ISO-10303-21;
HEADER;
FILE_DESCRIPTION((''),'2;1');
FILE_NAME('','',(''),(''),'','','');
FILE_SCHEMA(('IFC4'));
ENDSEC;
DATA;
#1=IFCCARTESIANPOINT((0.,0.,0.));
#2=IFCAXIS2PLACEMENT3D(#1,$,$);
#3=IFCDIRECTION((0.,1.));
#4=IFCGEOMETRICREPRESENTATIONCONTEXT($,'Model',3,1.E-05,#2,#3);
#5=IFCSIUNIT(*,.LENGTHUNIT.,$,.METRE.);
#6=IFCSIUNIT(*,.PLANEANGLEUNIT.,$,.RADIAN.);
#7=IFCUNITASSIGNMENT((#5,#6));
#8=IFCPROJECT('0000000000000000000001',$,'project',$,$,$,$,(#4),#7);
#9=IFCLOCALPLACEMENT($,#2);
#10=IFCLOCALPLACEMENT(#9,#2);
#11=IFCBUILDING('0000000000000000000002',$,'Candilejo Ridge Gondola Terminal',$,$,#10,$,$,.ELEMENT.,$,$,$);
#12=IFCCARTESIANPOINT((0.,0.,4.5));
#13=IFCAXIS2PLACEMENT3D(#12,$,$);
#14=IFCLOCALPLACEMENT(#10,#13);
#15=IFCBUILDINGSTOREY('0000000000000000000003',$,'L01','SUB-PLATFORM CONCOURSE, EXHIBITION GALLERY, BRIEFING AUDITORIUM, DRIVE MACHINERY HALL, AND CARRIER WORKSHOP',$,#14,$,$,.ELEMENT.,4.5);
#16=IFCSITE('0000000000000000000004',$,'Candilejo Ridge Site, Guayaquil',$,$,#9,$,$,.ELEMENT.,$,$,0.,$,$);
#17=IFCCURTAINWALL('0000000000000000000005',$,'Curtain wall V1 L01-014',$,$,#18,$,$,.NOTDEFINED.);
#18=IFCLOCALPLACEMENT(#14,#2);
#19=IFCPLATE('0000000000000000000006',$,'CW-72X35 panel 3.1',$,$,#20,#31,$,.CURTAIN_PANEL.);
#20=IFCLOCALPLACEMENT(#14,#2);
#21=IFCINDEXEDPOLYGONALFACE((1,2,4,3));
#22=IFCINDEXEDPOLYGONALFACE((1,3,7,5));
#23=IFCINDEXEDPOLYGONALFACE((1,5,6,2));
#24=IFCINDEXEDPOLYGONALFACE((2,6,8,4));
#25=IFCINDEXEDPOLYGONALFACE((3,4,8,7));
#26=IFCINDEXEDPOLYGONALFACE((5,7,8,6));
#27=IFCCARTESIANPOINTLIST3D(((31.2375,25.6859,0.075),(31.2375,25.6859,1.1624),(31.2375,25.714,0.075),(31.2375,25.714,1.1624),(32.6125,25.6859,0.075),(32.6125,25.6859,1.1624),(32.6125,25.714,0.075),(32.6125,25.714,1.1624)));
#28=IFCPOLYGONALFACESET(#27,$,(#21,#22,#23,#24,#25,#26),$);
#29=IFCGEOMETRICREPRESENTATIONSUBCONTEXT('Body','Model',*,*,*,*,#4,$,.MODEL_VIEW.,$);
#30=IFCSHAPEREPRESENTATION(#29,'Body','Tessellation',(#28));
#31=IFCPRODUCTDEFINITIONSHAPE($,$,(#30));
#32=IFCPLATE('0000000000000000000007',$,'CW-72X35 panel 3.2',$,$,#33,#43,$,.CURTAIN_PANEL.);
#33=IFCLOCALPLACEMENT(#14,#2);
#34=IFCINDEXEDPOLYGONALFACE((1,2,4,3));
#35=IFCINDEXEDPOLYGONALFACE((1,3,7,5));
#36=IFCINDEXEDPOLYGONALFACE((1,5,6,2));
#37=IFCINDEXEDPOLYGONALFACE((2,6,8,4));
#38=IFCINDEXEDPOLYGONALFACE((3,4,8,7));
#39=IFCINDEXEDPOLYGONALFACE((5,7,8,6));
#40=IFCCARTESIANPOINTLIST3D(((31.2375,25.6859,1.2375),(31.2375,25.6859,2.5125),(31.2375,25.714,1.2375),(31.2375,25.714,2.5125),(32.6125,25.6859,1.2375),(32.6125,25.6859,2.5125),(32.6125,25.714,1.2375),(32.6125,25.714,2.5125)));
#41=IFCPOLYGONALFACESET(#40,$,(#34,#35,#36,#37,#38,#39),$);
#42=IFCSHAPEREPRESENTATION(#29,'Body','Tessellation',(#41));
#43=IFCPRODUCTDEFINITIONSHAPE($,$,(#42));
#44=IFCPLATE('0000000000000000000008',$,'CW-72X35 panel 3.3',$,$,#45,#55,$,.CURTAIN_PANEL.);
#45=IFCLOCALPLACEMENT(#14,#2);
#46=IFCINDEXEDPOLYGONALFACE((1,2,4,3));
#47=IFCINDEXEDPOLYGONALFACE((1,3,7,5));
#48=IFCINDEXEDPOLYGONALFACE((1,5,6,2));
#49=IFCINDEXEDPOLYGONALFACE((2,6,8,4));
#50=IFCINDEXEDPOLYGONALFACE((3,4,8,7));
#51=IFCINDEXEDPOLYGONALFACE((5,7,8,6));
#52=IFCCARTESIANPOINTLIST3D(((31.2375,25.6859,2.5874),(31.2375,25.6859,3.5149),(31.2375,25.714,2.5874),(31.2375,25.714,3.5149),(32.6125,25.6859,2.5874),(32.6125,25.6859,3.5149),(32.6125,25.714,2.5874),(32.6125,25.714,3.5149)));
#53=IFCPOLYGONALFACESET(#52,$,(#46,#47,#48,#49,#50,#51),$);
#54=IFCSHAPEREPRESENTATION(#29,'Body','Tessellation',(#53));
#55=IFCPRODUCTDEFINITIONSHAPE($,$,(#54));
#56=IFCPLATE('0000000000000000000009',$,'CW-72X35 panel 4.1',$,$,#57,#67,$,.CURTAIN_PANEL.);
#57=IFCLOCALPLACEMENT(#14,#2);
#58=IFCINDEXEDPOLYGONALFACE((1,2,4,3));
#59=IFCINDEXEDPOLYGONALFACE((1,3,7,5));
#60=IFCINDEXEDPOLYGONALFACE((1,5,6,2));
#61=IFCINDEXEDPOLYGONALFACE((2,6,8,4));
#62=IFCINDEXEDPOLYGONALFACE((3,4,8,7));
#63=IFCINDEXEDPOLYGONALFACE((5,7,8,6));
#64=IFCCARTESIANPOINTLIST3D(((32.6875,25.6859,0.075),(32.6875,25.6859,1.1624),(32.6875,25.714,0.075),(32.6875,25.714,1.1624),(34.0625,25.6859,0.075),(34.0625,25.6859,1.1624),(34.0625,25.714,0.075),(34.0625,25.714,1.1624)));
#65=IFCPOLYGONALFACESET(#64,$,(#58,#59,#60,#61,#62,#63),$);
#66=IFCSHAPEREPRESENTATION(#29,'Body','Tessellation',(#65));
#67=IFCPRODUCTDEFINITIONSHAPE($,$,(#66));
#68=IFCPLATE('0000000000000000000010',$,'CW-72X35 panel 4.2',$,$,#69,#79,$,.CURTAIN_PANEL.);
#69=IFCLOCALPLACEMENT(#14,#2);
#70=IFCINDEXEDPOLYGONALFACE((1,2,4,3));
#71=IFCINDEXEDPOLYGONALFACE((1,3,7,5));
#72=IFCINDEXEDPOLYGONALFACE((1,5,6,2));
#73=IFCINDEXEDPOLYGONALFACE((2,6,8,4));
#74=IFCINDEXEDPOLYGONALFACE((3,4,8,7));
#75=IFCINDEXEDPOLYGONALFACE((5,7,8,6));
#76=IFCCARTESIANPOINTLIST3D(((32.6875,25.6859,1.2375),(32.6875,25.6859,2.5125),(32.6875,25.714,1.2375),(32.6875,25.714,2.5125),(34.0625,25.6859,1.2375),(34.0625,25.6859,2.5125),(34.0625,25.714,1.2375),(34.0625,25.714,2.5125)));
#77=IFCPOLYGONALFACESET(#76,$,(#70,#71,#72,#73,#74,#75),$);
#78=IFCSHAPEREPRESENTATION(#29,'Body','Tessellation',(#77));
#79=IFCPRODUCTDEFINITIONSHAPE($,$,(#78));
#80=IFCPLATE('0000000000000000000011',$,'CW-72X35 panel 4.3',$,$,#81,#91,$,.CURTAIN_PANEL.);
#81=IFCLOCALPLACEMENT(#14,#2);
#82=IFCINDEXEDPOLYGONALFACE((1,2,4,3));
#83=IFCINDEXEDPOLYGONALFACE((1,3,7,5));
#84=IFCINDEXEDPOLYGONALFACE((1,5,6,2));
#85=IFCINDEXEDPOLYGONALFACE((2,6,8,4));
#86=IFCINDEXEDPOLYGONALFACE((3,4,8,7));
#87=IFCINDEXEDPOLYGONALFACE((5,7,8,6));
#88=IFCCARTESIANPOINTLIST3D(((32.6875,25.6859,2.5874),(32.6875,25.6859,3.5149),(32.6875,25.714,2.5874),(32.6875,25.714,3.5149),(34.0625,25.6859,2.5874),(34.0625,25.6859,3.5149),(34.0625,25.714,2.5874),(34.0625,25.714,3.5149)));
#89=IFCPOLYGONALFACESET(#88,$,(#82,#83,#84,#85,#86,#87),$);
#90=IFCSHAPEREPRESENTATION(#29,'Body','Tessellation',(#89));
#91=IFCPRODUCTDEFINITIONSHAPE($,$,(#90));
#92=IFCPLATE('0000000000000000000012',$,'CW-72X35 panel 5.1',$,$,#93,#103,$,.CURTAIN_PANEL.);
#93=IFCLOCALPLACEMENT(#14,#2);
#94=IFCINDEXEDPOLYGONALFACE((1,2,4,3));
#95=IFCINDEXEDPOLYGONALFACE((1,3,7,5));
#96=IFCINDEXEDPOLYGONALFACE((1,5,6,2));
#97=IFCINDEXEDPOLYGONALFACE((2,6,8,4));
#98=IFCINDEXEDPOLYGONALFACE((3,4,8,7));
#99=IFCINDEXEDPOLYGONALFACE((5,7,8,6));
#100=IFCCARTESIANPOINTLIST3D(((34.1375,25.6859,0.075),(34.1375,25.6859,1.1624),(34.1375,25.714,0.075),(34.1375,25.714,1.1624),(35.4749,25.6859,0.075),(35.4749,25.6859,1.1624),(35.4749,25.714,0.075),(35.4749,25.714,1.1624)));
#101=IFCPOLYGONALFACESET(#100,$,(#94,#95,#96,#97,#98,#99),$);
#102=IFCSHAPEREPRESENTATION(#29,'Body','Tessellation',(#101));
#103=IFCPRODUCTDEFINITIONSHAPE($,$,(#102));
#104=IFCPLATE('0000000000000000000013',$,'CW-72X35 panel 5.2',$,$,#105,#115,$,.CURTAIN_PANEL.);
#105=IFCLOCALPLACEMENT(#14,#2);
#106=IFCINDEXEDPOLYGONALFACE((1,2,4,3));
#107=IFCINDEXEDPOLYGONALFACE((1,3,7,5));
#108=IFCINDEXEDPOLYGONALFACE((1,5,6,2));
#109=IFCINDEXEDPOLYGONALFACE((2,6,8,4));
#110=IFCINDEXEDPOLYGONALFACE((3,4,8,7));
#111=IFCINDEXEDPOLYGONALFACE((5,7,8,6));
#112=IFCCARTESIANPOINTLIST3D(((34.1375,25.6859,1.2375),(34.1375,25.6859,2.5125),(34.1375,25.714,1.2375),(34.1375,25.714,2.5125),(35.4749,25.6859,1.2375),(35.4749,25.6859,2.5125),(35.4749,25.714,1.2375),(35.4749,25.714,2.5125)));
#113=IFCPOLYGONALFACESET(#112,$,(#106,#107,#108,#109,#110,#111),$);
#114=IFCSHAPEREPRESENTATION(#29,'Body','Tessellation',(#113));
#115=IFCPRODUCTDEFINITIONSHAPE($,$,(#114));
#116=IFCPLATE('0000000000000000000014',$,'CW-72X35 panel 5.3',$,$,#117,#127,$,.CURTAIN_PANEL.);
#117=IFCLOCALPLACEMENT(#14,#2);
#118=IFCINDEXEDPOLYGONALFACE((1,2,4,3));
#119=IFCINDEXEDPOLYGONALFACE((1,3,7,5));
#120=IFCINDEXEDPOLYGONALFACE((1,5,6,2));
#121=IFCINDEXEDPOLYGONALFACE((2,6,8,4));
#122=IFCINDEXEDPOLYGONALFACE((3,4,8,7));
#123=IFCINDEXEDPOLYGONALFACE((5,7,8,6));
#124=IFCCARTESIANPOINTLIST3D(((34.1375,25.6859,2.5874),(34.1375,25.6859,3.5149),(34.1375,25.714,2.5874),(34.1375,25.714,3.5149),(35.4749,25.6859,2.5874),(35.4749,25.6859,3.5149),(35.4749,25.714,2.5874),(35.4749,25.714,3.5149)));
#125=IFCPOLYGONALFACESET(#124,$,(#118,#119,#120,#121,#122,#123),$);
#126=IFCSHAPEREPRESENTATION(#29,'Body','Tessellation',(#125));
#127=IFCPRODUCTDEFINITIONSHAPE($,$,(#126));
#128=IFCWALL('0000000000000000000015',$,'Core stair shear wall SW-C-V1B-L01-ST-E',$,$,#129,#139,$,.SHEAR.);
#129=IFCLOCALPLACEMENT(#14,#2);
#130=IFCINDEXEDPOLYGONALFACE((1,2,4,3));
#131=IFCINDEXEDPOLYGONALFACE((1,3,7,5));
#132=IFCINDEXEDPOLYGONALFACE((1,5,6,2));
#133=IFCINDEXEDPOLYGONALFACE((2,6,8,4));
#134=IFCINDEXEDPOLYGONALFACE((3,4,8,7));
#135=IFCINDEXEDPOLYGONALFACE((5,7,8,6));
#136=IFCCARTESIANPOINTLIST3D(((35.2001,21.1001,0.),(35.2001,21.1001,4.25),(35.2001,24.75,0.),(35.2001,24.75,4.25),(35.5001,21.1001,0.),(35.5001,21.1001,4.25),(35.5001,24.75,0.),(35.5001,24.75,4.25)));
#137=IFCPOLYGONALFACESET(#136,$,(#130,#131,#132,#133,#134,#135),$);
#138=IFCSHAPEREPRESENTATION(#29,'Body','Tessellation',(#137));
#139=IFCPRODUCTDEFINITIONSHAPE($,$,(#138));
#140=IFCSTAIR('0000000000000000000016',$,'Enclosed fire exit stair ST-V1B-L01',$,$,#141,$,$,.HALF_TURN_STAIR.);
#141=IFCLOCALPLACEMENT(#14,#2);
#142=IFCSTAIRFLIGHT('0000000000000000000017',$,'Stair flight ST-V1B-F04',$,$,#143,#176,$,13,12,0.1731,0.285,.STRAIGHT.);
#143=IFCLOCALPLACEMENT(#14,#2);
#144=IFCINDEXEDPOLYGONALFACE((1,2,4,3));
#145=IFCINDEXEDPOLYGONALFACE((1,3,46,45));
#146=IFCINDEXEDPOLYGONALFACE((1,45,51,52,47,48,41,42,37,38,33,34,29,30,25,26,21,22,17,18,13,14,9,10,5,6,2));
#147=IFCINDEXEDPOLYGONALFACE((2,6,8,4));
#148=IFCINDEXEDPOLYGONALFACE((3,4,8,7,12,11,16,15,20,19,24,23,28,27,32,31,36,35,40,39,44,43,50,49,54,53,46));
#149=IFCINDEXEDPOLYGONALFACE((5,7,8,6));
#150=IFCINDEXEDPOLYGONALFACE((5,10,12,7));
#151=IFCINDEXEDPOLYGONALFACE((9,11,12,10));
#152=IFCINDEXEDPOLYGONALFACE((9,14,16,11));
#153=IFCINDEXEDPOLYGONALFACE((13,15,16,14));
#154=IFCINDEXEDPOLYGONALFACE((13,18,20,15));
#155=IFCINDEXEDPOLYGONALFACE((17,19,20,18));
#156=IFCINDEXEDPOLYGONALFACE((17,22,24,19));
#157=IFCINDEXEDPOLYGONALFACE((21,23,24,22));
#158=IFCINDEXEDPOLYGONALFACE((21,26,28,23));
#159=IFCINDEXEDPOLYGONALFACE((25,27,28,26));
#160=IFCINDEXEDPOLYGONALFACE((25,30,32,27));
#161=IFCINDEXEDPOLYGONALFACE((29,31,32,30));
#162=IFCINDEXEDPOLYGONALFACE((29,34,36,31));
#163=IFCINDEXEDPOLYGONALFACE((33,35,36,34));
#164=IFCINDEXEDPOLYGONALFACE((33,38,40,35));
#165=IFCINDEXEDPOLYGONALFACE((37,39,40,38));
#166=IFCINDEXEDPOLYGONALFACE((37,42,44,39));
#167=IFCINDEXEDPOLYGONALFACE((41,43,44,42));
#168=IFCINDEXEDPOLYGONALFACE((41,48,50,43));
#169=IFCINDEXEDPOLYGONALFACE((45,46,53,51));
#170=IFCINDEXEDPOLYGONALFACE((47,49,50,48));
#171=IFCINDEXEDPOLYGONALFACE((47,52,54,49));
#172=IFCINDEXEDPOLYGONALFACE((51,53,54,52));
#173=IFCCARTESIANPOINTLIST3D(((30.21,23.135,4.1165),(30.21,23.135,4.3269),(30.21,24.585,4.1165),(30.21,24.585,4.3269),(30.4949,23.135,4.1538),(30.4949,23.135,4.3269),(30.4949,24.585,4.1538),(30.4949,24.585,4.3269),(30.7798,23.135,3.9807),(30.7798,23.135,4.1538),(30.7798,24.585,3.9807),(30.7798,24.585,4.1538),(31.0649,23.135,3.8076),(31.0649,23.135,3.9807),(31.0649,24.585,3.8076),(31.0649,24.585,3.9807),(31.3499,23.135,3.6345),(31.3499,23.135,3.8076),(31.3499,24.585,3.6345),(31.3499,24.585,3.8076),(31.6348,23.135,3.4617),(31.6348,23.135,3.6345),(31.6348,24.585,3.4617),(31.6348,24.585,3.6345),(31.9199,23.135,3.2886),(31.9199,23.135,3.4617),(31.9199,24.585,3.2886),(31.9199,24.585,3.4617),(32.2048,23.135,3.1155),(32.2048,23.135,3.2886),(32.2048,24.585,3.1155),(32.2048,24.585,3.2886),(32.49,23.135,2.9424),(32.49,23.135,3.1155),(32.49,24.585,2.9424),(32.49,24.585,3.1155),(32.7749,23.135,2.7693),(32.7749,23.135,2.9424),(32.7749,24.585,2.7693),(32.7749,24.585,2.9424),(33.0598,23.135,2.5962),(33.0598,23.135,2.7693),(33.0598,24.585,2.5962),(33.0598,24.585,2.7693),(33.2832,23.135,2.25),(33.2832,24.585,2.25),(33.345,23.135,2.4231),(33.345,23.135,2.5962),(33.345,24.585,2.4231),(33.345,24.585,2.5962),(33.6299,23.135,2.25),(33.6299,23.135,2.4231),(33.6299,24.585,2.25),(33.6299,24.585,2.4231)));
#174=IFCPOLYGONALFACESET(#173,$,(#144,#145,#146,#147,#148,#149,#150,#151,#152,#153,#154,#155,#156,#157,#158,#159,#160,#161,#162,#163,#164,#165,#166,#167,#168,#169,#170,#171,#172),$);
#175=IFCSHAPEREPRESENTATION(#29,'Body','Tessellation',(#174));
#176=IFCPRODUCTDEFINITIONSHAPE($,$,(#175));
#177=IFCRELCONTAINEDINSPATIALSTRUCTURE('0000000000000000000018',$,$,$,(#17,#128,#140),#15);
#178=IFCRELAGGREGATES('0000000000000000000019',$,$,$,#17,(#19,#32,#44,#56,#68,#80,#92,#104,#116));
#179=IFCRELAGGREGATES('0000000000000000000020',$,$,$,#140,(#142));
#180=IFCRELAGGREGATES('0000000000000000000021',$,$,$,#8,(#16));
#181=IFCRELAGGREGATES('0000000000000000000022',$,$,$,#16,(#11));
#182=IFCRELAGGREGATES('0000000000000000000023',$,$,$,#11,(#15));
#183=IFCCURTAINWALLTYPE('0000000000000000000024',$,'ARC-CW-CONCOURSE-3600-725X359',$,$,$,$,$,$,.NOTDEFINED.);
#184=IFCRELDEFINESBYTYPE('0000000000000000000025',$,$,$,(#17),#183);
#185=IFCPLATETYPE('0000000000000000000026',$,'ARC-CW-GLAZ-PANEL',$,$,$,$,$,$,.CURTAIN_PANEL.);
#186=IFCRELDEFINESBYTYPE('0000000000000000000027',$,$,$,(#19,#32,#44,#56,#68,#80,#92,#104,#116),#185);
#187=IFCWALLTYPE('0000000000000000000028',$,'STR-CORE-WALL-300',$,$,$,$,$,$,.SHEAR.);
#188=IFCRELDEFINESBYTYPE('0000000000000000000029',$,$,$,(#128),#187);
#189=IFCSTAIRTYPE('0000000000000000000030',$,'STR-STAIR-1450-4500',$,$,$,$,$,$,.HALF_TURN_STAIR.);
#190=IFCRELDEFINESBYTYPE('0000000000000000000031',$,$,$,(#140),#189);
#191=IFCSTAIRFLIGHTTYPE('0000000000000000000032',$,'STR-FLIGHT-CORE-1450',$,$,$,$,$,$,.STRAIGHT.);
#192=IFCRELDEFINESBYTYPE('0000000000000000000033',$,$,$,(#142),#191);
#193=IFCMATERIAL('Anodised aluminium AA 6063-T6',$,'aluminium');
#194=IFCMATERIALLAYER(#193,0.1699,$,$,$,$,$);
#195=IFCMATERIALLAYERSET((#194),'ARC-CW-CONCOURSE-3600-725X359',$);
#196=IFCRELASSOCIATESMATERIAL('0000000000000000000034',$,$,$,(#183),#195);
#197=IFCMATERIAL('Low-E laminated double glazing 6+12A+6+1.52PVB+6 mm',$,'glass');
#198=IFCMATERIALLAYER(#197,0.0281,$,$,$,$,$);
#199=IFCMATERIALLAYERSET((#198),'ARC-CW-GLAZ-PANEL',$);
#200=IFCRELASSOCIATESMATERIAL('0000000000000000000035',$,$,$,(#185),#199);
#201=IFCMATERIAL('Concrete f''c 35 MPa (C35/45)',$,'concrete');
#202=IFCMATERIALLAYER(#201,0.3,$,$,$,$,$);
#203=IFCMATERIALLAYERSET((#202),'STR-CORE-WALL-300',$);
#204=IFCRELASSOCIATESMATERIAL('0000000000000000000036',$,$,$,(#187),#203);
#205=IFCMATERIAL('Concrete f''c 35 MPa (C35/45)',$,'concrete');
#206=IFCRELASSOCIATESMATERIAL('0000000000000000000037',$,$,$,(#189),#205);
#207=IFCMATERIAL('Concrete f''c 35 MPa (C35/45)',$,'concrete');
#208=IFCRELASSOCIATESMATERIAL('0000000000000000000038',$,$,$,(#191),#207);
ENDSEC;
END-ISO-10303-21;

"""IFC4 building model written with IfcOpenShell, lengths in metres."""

from ifc_helpers import new_model, si_unit, direction, frame, frame_2d, origin, origin_2d, place, context, subcontext, project, spatial, polyline, rectangle, outline, extrude, material, layer, layer_set, type_object, element, aggregate, save


model = new_model("IFC4")

# Units and contexts
model_context = context("Model", 3, precision=1e-05, world=origin(), true_north=direction((0.0, 1.0)))
body_context = subcontext(model_context, "Body", "Model", "MODEL_VIEW")
ifc_project = project(units=[si_unit("LENGTHUNIT", "METRE"), si_unit("PLANEANGLEUNIT", "RADIAN")], contexts=[model_context])

# Site, building, storey
site_placement = place(None, origin())
site = spatial("IfcSite", under=ifc_project, at=site_placement, Name="Candilejo Ridge Site, Guayaquil", CompositionType="ELEMENT", RefElevation=0.0)
building_placement = place(site_placement, origin())
building = spatial("IfcBuilding", under=site, at=building_placement, Name="Candilejo Ridge Gondola Terminal", CompositionType="ELEMENT")
storey_placement = place(building_placement, frame((0.0, 0.0, 4.5)))
storey = spatial("IfcBuildingStorey", under=building, at=storey_placement, Name="L01", Description="SUB-PLATFORM CONCOURSE, EXHIBITION GALLERY, BRIEFING AUDITORIUM, DRIVE MACHINERY HALL, AND CARRIER WORKSHOP", CompositionType="ELEMENT", Elevation=4.5)

# Curtain wall, plates
ifc_material_1 = material(Name="Anodised aluminium AA 6063-T6", Category="aluminium")
ifc_layer_1 = layer(ifc_material_1, 0.1699)
ifc_layer_set_1 = layer_set([ifc_layer_1], Name="ARC-CW-CONCOURSE-3600-725X359")
curtain_wall_type = type_object("IfcCurtainWallType", Name="ARC-CW-CONCOURSE-3600-725X359", PredefinedType="NOTDEFINED", material=ifc_layer_set_1)
curtain_wall_placement = place(storey_placement, origin())
curtain_wall = element("IfcCurtainWall", 1, at=curtain_wall_placement, inside=storey, type_object=curtain_wall_type, Name="Curtain wall V1 L01-014", PredefinedType="NOTDEFINED")
ifc_material_2 = material(Name="Low-E laminated double glazing 6+12A+6+1.52PVB+6 mm", Category="glass")
ifc_layer_2 = layer(ifc_material_2, 0.0281)
ifc_layer_set_2 = layer_set([ifc_layer_2], Name="ARC-CW-GLAZ-PANEL")
plate_type = type_object("IfcPlateType", Name="ARC-CW-GLAZ-PANEL", PredefinedType="CURTAIN_PANEL", material=ifc_layer_set_2)
plate_1_placement = place(storey_placement, frame((31.925, 25.7, 0.075), z_axis=(0.0, 0.0, 1.0), x_axis=(1.0, 0.0, 0.0)))
plate_1 = element("IfcPlate", 2, at=plate_1_placement, type_object=plate_type, Name="CW-72X35 panel 3.1", PredefinedType="CURTAIN_PANEL", context=body_context, shape_type="SweptSolid", body=[
    extrude(rectangle(XDim=1.375, YDim=0.0281, at=origin_2d()), origin(), (0.0, 0.0, 1.0), 1.0874),
])
plate_2_placement = place(storey_placement, frame((31.925, 25.7, 1.2375), z_axis=(0.0, 0.0, 1.0), x_axis=(1.0, 0.0, 0.0)))
plate_2 = element("IfcPlate", 3, at=plate_2_placement, type_object=plate_type, Name="CW-72X35 panel 3.2", PredefinedType="CURTAIN_PANEL", context=body_context, shape_type="SweptSolid", body=[
    extrude(rectangle(XDim=1.375, YDim=0.0281, at=origin_2d()), origin(), (0.0, 0.0, 1.0), 1.2749),
])
plate_3_placement = place(storey_placement, frame((31.925, 25.7, 2.5874), z_axis=(0.0, 0.0, 1.0), x_axis=(1.0, 0.0, 0.0)))
plate_3 = element("IfcPlate", 4, at=plate_3_placement, type_object=plate_type, Name="CW-72X35 panel 3.3", PredefinedType="CURTAIN_PANEL", context=body_context, shape_type="SweptSolid", body=[
    extrude(rectangle(XDim=1.375, YDim=0.0281, at=origin_2d()), origin(), (0.0, 0.0, 1.0), 0.9275),
])
plate_4_placement = place(storey_placement, frame((33.375, 25.7, 0.075), z_axis=(0.0, 0.0, 1.0), x_axis=(1.0, 0.0, 0.0)))
plate_4 = element("IfcPlate", 5, at=plate_4_placement, type_object=plate_type, Name="CW-72X35 panel 4.1", PredefinedType="CURTAIN_PANEL", context=body_context, shape_type="SweptSolid", body=[
    extrude(rectangle(XDim=1.375, YDim=0.0281, at=origin_2d()), origin(), (0.0, 0.0, 1.0), 1.0874),
])
plate_5_placement = place(storey_placement, frame((33.375, 25.7, 1.2375), z_axis=(0.0, 0.0, 1.0), x_axis=(1.0, 0.0, 0.0)))
plate_5 = element("IfcPlate", 6, at=plate_5_placement, type_object=plate_type, Name="CW-72X35 panel 4.2", PredefinedType="CURTAIN_PANEL", context=body_context, shape_type="SweptSolid", body=[
    extrude(rectangle(XDim=1.375, YDim=0.0281, at=origin_2d()), origin(), (0.0, 0.0, 1.0), 1.2749),
])
plate_6_placement = place(storey_placement, frame((33.375, 25.7, 2.5874), z_axis=(0.0, 0.0, 1.0), x_axis=(1.0, 0.0, 0.0)))
plate_6 = element("IfcPlate", 7, at=plate_6_placement, type_object=plate_type, Name="CW-72X35 panel 4.3", PredefinedType="CURTAIN_PANEL", context=body_context, shape_type="SweptSolid", body=[
    extrude(rectangle(XDim=1.375, YDim=0.0281, at=origin_2d()), origin(), (0.0, 0.0, 1.0), 0.9275),
])
plate_7_placement = place(storey_placement, frame((34.8062, 25.7, 0.075), z_axis=(0.0, 0.0, 1.0), x_axis=(1.0, 0.0, 0.0)))
plate_7 = element("IfcPlate", 8, at=plate_7_placement, type_object=plate_type, Name="CW-72X35 panel 5.1", PredefinedType="CURTAIN_PANEL", context=body_context, shape_type="SweptSolid", body=[
    extrude(rectangle(XDim=1.3374, YDim=0.0281, at=origin_2d()), origin(), (0.0, 0.0, 1.0), 1.0874),
])
plate_8_placement = place(storey_placement, frame((34.8062, 25.7, 1.2375), z_axis=(0.0, 0.0, 1.0), x_axis=(1.0, 0.0, 0.0)))
plate_8 = element("IfcPlate", 9, at=plate_8_placement, type_object=plate_type, Name="CW-72X35 panel 5.2", PredefinedType="CURTAIN_PANEL", context=body_context, shape_type="SweptSolid", body=[
    extrude(rectangle(XDim=1.3374, YDim=0.0281, at=origin_2d()), origin(), (0.0, 0.0, 1.0), 1.2749),
])
plate_9_placement = place(storey_placement, frame((34.8062, 25.7, 2.5874), z_axis=(0.0, 0.0, 1.0), x_axis=(1.0, 0.0, 0.0)))
plate_9 = element("IfcPlate", 10, at=plate_9_placement, type_object=plate_type, Name="CW-72X35 panel 5.3", PredefinedType="CURTAIN_PANEL", context=body_context, shape_type="SweptSolid", body=[
    extrude(rectangle(XDim=1.3374, YDim=0.0281, at=origin_2d()), origin(), (0.0, 0.0, 1.0), 0.9275),
])
aggregate(curtain_wall, [plate_1, plate_2, plate_3, plate_4, plate_5, plate_6, plate_7, plate_8, plate_9])

# Wall
ifc_material_3 = material(Name="Concrete f'c 35 MPa (C35/45)", Category="concrete")
ifc_layer_3 = layer(ifc_material_3, 0.3)
ifc_layer_set_3 = layer_set([ifc_layer_3], Name="STR-CORE-WALL-300")
wall_type = type_object("IfcWallType", Name="STR-CORE-WALL-300", PredefinedType="SHEAR", material=ifc_layer_set_3)
wall_placement = place(storey_placement, frame((35.3501, 21.1001, 0.0), z_axis=(0.0, 0.0, 1.0), x_axis=(0.0, 1.0, 0.0)))
element("IfcWall", 11, at=wall_placement, inside=storey, type_object=wall_type, Name="Core stair shear wall SW-C-V1B-L01-ST-E", PredefinedType="SHEAR", context=body_context, shape_type="SweptSolid", body=[
    extrude(rectangle(XDim=3.6499, YDim=0.3, at=frame_2d((1.825, 0.0))), origin(), (0.0, 0.0, 1.0), 4.25),
])

# Stair, stair flight
ifc_material_4 = material(Name="Concrete f'c 35 MPa (C35/45)", Category="concrete")
stair_type = type_object("IfcStairType", Name="STR-STAIR-1450-4500", PredefinedType="HALF_TURN_STAIR", material=ifc_material_4)
stair_placement = place(storey_placement, origin())
stair = element("IfcStair", 12, at=stair_placement, inside=storey, type_object=stair_type, Name="Enclosed fire exit stair ST-V1B-L01", PredefinedType="HALF_TURN_STAIR")
ifc_material_5 = material(Name="Concrete f'c 35 MPa (C35/45)", Category="concrete")
stair_flight_type = type_object("IfcStairFlightType", Name="STR-FLIGHT-CORE-1450", PredefinedType="STRAIGHT", material=ifc_material_5)
stair_flight_placement = place(storey_placement, frame((33.6299, 23.8601, 2.25), z_axis=(0.0, 0.0, 1.0), x_axis=(-1.0, 0.0, 0.0)))
stair_flight = element("IfcStairFlight", 13, at=stair_flight_placement, type_object=stair_flight_type, Name="Stair flight ST-V1B-F04", NumberOfRisers=13, NumberOfTreads=12, PredefinedType="STRAIGHT", RiserHeight=0.1731, TreadLength=0.285, context=body_context, shape_type="SweptSolid", body=[
    extrude(outline(polyline([(0.0, 0.0), (0.0, 0.1731), (0.2849, 0.1731), (0.2849, 0.3462), (0.5701, 0.3462), (0.5701, 0.5193), (0.855, 0.5193), (0.855, 0.6924), (1.1399, 0.6924), (1.1399, 0.8655), (1.425, 0.8655), (1.425, 1.0386), (1.71, 1.0386), (1.71, 1.2117), (1.9951, 1.2117), (1.9951, 1.3845), (2.28, 1.3845), (2.28, 1.5576), (2.5649, 1.5576), (2.5649, 1.7307), (2.8501, 1.7307), (2.8501, 1.9038), (3.135, 1.9038), (3.135, 2.0769), (3.4199, 2.0769), (3.4199, 2.25), (3.4199, 1.8665), (0.3467, 0.0), (0.0, 0.0)])), frame((0.0, 0.7251, 0.0), z_axis=(0.0, -1.0, 0.0), x_axis=(1.0, 0.0, 0.0)), (0.0, 0.0, 1.0), 1.45),
])
aggregate(stair, [stair_flight])

save(model, "model.ifc")
